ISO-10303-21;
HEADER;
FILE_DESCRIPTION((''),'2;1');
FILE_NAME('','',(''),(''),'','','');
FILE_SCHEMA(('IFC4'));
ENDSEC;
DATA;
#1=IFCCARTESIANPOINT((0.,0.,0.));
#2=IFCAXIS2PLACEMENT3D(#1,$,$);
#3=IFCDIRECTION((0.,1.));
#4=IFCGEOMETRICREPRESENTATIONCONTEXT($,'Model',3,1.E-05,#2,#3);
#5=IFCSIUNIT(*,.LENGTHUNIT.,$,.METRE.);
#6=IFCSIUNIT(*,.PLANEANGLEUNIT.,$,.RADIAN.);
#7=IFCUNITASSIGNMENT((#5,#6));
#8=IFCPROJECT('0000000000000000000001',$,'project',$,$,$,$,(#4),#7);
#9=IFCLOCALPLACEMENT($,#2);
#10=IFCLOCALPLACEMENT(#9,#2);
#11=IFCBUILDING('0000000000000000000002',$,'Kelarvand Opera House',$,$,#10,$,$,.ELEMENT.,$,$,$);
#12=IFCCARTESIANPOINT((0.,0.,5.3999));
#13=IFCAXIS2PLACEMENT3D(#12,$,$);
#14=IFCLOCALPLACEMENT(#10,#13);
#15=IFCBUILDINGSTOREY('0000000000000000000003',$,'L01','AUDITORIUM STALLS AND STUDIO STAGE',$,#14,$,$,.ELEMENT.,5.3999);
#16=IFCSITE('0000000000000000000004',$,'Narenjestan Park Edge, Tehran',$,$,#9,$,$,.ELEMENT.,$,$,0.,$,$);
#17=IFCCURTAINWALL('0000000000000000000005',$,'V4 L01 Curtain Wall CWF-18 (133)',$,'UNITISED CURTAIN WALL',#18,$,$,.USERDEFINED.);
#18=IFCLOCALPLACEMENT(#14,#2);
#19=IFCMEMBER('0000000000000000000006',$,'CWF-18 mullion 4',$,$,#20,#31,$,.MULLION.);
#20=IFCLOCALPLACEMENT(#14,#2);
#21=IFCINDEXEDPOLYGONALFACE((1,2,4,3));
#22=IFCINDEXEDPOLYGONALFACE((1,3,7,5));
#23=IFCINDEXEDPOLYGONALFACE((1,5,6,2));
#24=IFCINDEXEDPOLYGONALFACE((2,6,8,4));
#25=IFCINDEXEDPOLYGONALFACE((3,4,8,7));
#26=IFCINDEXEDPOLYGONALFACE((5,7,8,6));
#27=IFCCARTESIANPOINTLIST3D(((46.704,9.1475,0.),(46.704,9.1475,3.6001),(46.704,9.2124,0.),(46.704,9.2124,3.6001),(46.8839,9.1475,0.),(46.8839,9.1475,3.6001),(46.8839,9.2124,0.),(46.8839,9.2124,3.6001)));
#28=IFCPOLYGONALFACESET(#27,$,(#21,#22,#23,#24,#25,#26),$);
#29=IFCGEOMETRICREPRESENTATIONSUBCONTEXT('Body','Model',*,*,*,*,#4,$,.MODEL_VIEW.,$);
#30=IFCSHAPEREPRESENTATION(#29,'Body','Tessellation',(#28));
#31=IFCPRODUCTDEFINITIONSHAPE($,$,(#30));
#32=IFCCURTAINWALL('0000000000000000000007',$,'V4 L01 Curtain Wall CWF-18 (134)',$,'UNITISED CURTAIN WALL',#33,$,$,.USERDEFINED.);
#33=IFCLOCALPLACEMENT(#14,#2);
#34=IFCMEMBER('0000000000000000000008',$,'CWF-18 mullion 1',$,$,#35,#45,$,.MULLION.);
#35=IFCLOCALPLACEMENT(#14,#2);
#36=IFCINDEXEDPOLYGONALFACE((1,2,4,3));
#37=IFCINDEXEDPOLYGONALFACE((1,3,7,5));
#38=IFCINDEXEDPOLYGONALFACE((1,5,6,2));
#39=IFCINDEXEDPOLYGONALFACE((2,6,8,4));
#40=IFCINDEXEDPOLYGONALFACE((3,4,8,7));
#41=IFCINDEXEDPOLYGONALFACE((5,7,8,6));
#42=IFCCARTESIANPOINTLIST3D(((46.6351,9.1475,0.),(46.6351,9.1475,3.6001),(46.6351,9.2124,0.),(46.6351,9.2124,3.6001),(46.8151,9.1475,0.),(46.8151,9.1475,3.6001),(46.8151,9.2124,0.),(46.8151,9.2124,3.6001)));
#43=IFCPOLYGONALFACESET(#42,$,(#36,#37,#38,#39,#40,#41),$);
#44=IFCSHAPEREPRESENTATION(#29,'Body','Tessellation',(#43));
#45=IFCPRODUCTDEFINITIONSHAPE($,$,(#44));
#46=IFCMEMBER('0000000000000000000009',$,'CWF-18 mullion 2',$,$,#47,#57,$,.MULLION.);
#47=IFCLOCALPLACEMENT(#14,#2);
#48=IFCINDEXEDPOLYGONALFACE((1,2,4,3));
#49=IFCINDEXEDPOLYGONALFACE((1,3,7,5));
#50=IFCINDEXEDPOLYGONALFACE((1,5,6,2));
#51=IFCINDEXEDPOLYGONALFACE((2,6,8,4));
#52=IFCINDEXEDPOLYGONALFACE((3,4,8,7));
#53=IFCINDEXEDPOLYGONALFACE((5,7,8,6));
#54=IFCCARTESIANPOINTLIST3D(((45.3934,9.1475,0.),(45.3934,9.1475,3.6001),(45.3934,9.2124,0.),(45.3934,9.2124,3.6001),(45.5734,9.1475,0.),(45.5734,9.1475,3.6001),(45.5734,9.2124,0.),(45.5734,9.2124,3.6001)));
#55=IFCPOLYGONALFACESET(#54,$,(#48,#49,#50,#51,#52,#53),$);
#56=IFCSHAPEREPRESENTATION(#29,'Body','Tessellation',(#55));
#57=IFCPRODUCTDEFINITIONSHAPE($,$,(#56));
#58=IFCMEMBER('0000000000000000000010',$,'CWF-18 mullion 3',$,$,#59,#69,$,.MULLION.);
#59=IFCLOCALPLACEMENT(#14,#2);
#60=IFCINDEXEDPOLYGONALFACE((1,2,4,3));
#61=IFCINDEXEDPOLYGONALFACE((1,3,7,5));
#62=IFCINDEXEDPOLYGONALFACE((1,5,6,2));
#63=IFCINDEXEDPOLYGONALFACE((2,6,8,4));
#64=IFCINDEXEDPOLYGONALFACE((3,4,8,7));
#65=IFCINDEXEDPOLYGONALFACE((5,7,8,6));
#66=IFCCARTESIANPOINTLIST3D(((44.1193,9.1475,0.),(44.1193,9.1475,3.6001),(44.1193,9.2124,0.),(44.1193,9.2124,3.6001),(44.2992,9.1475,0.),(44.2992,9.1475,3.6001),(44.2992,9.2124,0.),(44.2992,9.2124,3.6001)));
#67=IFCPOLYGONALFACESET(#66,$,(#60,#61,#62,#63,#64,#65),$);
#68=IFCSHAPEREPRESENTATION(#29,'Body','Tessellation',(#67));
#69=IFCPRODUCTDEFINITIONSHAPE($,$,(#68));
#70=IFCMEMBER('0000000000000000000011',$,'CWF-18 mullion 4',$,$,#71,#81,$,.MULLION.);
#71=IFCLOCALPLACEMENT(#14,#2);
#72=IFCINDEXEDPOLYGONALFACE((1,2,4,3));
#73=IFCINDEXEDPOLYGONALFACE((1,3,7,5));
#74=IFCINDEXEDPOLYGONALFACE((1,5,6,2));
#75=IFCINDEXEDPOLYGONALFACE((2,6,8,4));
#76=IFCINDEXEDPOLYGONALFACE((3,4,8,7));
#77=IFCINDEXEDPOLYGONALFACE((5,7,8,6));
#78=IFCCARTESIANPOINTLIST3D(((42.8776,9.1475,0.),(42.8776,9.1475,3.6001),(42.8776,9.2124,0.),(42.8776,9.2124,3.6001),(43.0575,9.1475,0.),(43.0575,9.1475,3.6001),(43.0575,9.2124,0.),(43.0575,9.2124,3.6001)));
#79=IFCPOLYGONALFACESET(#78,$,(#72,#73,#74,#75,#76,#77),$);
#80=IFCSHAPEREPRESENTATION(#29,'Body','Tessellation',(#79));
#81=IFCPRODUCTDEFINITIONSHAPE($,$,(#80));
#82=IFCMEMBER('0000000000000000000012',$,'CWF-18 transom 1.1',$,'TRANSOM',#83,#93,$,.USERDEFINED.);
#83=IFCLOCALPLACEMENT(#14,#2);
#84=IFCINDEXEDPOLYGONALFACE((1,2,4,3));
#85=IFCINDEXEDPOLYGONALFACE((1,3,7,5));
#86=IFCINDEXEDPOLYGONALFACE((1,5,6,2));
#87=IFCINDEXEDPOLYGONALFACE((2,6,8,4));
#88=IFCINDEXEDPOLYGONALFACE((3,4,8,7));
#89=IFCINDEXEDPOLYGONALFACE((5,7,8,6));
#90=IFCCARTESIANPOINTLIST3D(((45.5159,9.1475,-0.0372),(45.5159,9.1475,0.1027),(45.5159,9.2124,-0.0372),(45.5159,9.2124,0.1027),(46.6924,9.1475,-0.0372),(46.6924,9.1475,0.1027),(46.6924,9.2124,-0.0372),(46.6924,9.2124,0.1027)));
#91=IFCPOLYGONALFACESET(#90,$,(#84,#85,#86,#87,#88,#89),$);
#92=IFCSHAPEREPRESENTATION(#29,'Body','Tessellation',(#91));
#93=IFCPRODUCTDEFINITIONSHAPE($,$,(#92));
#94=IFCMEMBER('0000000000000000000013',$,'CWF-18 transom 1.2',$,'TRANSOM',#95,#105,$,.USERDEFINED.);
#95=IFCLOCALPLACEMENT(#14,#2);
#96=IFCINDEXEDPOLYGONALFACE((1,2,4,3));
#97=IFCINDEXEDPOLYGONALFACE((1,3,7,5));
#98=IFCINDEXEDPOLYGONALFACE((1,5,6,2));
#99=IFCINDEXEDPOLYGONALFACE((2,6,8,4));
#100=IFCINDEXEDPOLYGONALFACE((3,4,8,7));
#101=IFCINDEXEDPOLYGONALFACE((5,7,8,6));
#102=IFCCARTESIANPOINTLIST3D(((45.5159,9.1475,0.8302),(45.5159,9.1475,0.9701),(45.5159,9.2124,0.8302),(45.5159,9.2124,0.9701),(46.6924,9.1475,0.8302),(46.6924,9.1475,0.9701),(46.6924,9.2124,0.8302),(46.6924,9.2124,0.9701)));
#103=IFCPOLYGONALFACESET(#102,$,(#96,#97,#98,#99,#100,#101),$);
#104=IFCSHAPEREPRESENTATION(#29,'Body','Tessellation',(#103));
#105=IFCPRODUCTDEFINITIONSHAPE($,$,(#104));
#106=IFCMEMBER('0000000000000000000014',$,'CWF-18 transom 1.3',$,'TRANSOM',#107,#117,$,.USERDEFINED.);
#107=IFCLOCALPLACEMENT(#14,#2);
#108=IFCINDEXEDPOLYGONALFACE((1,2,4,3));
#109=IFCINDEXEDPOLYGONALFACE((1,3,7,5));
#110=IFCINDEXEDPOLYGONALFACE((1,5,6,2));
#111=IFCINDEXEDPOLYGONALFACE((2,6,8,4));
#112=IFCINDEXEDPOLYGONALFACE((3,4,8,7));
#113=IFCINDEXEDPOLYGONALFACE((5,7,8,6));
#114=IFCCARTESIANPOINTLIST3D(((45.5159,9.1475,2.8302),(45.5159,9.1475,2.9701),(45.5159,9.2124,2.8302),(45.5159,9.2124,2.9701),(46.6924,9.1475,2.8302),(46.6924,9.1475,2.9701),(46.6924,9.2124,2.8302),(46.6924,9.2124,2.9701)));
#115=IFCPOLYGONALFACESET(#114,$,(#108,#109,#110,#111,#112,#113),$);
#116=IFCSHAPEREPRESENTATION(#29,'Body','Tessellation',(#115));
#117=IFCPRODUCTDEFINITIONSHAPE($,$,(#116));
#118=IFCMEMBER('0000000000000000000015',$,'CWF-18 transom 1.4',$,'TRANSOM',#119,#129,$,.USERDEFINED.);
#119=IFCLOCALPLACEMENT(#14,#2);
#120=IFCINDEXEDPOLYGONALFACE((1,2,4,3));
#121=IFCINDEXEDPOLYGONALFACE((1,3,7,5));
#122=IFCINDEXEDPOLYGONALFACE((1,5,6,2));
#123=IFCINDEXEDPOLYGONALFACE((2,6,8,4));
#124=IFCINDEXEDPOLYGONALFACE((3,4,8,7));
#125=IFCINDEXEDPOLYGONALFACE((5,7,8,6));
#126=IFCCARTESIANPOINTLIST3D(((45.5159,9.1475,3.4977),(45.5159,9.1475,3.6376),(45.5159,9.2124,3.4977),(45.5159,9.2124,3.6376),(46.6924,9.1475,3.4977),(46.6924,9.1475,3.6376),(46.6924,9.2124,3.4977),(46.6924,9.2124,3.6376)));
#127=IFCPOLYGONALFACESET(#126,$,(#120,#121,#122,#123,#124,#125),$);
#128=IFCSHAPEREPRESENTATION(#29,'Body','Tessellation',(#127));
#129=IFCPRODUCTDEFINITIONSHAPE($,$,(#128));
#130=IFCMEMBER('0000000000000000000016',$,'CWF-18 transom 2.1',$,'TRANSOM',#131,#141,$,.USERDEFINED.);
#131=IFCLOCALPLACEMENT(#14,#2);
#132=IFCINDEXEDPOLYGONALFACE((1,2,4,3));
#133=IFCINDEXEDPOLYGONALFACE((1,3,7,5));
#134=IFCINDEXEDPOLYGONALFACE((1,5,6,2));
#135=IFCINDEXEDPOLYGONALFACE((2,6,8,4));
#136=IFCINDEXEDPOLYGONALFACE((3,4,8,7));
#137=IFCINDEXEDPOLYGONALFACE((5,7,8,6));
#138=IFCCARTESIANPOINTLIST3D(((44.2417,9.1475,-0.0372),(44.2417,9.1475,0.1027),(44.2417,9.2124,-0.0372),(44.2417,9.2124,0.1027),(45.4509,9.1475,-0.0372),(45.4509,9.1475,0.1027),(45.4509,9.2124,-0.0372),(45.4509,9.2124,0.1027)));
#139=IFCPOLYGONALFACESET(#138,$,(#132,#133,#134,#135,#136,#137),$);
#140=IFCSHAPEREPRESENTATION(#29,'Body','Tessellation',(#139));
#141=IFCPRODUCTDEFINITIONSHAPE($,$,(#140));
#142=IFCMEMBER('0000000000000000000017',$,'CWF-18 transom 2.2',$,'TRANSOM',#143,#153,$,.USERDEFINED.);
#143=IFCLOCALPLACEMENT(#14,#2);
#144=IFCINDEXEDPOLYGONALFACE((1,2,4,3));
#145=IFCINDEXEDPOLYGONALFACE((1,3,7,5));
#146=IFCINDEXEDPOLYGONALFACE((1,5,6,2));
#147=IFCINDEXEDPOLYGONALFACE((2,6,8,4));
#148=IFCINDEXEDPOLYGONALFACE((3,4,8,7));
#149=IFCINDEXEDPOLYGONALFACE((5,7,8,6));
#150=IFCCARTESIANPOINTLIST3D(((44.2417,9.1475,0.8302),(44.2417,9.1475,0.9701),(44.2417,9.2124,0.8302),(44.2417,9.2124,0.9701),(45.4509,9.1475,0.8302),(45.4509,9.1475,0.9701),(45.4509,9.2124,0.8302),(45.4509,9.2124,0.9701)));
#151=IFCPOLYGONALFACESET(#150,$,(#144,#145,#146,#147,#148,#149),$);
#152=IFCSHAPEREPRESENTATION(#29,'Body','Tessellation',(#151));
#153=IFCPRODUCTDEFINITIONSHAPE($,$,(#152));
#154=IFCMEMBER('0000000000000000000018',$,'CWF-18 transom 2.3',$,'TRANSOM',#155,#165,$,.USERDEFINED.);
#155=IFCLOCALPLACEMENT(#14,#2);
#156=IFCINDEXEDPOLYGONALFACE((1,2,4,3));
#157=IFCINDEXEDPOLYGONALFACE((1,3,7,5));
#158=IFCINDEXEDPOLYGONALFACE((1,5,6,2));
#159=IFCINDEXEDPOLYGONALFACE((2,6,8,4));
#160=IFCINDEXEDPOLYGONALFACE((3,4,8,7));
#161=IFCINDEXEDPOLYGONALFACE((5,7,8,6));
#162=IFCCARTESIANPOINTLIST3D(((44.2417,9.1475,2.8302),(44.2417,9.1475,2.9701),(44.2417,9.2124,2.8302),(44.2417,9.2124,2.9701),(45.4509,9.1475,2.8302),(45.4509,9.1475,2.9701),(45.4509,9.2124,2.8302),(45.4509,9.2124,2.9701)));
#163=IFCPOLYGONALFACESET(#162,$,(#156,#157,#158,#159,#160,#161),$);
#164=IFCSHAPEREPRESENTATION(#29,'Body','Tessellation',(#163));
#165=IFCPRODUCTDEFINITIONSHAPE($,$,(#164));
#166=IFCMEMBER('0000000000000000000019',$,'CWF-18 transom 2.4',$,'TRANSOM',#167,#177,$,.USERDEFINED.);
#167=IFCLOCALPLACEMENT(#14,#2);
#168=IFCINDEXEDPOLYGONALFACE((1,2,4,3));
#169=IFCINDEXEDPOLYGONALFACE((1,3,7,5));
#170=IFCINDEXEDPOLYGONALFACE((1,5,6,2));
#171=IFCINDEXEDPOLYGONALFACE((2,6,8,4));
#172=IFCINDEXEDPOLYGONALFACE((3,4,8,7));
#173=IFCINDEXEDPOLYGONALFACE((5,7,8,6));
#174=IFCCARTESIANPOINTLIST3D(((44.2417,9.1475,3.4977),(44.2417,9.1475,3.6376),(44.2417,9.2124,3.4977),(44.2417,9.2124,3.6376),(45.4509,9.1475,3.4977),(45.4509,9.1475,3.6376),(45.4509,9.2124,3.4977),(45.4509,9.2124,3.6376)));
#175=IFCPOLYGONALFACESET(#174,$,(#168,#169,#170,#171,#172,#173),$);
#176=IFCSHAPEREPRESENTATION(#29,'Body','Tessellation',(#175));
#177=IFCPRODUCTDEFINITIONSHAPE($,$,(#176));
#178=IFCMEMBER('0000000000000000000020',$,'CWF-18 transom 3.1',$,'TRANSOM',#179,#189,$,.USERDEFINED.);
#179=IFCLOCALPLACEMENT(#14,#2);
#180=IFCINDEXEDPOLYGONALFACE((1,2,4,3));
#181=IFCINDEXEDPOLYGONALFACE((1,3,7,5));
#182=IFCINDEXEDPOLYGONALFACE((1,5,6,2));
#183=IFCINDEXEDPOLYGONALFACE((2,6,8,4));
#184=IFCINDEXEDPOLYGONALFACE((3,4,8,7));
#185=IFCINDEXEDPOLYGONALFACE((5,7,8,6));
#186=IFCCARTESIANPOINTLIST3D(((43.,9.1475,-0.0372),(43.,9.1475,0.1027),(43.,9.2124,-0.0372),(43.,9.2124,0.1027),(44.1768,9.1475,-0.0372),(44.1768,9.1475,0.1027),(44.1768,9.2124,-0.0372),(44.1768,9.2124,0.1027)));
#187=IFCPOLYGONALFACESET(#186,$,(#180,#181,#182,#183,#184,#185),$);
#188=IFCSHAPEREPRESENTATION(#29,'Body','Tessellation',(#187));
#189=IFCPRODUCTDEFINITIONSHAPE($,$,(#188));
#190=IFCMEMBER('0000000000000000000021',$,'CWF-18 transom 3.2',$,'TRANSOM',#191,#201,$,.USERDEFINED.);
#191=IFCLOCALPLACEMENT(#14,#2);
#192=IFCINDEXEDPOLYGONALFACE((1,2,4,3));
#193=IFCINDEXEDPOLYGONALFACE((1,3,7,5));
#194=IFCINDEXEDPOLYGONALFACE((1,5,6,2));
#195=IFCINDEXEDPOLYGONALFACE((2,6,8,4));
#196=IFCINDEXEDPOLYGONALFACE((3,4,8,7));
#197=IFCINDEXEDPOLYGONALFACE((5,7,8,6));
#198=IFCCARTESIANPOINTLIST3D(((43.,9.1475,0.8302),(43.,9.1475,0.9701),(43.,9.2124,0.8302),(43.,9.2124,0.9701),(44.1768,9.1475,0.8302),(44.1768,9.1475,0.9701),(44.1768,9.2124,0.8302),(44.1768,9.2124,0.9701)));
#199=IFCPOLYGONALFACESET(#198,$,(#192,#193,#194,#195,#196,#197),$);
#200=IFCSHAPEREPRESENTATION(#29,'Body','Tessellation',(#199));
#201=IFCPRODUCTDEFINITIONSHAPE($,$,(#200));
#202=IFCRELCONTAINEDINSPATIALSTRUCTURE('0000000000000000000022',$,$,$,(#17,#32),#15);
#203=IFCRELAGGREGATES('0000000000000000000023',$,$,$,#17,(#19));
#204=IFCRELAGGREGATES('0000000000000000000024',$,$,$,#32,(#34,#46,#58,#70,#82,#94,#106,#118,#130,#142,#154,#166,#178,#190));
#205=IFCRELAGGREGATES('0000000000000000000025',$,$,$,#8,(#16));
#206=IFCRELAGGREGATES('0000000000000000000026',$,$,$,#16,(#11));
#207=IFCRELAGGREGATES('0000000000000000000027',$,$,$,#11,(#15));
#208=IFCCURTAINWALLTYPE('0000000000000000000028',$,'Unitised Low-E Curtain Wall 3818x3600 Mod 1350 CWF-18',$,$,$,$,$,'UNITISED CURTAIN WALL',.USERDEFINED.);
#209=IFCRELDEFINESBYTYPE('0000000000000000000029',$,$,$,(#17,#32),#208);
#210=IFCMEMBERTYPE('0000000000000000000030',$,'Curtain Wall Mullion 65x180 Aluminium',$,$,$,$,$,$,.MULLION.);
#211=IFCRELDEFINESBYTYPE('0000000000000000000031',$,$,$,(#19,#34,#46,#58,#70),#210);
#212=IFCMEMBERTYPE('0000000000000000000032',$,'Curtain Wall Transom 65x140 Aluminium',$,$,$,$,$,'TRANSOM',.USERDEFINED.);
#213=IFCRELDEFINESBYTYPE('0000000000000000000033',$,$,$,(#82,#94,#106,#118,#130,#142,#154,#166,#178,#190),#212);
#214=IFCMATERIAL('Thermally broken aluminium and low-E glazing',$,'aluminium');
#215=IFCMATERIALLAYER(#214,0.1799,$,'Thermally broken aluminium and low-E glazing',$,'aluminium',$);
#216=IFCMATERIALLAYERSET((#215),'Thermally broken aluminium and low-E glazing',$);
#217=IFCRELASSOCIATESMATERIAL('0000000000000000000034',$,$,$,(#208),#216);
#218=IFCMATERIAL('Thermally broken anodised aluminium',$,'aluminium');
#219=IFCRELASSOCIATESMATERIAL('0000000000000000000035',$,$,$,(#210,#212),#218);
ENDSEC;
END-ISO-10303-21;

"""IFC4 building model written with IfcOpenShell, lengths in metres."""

from ifc_helpers import new_model, si_unit, direction, frame, origin, origin_2d, place, context, subcontext, project, spatial, rectangle, extrude, material, layer, layer_set, material_profile, profile_set, type_object, element, aggregate, save


model = new_model("IFC4")

# Units and contexts
model_context = context("Model", 3, precision=1e-05, world=origin(), true_north=direction((0.0, 1.0)))
body_context = subcontext(model_context, "Body", "Model", "MODEL_VIEW")
ifc_project = project(units=[si_unit("LENGTHUNIT", "METRE"), si_unit("PLANEANGLEUNIT", "RADIAN")], contexts=[model_context])

# Site, building, storey
site_placement = place(None, origin())
site = spatial("IfcSite", under=ifc_project, at=site_placement, Name="Narenjestan Park Edge, Tehran", CompositionType="ELEMENT", RefElevation=0.0)
building_placement = place(site_placement, origin())
building = spatial("IfcBuilding", under=site, at=building_placement, Name="Kelarvand Opera House", CompositionType="ELEMENT")
storey_placement = place(building_placement, frame((0.0, 0.0, 5.3999)))
storey = spatial("IfcBuildingStorey", under=building, at=storey_placement, Name="L01", Description="AUDITORIUM STALLS AND STUDIO STAGE", CompositionType="ELEMENT", Elevation=5.3999)

# Curtain wall, member
ifc_material_1 = material(Name="Thermally broken aluminium and low-E glazing", Category="aluminium")
ifc_layer_1 = layer(ifc_material_1, 0.1799, Name="Thermally broken aluminium and low-E glazing", Category="aluminium")
ifc_layer_set_1 = layer_set([ifc_layer_1], Name="Thermally broken aluminium and low-E glazing")
curtain_wall_type = type_object("IfcCurtainWallType", Name="Unitised Low-E Curtain Wall 3818x3600 Mod 1350 CWF-18", ElementType="UNITISED CURTAIN WALL", PredefinedType="USERDEFINED", material=ifc_layer_set_1)
curtain_wall_1_placement = place(storey_placement, origin())
curtain_wall_1 = element("IfcCurtainWall", 1, at=curtain_wall_1_placement, inside=storey, type_object=curtain_wall_type, Name="V4 L01 Curtain Wall CWF-18 (133)", ObjectType="UNITISED CURTAIN WALL", PredefinedType="USERDEFINED")
ifc_material_2 = material(Name="Thermally broken anodised aluminium", Category="aluminium")
ifc_material_profile_1 = material_profile(ifc_material_2, rectangle(XDim=0.0649, YDim=0.1799, at=origin_2d()), Name="ALU MULLION 65x180", Category="aluminium")
ifc_profile_set_1 = profile_set([ifc_material_profile_1], Name="Thermally broken anodised aluminium")
member_type_1 = type_object("IfcMemberType", Name="Curtain Wall Mullion 65x180 Aluminium", PredefinedType="MULLION", material=ifc_profile_set_1)
member_1_placement = place(storey_placement, frame((46.7939, 9.1799, 0.0), z_axis=(0.0, 0.0, 1.0), x_axis=(0.0, -1.0, 0.0)))
member_1 = element("IfcMember", 2, at=member_1_placement, type_object=member_type_1, Name="CWF-18 mullion 4", PredefinedType="MULLION", context=body_context, shape_type="SweptSolid", body=[
    extrude(rectangle(XDim=0.0649, YDim=0.1799, at=origin_2d()), origin(), (0.0, 0.0, 1.0), 3.6001),
])

# Curtain wall, members
curtain_wall_2_placement = place(storey_placement, origin())
curtain_wall_2 = element("IfcCurtainWall", 3, at=curtain_wall_2_placement, inside=storey, type_object=curtain_wall_type, Name="V4 L01 Curtain Wall CWF-18 (134)", ObjectType="UNITISED CURTAIN WALL", PredefinedType="USERDEFINED")
member_2_placement = place(storey_placement, frame((46.7251, 9.1799, 0.0), z_axis=(0.0, 0.0, 1.0), x_axis=(0.0, -1.0, 0.0)))
member_2 = element("IfcMember", 4, at=member_2_placement, type_object=member_type_1, Name="CWF-18 mullion 1", PredefinedType="MULLION", context=body_context, shape_type="SweptSolid", body=[
    extrude(rectangle(XDim=0.0649, YDim=0.1799, at=origin_2d()), origin(), (0.0, 0.0, 1.0), 3.6001),
])
member_3_placement = place(storey_placement, frame((45.4834, 9.1799, 0.0), z_axis=(0.0, 0.0, 1.0), x_axis=(0.0, -1.0, 0.0)))
member_3 = element("IfcMember", 5, at=member_3_placement, type_object=member_type_1, Name="CWF-18 mullion 2", PredefinedType="MULLION", context=body_context, shape_type="SweptSolid", body=[
    extrude(rectangle(XDim=0.0649, YDim=0.1799, at=origin_2d()), origin(), (0.0, 0.0, 1.0), 3.6001),
])
member_4_placement = place(storey_placement, frame((44.2092, 9.1799, 0.0), z_axis=(0.0, 0.0, 1.0), x_axis=(0.0, -1.0, 0.0)))
member_4 = element("IfcMember", 6, at=member_4_placement, type_object=member_type_1, Name="CWF-18 mullion 3", PredefinedType="MULLION", context=body_context, shape_type="SweptSolid", body=[
    extrude(rectangle(XDim=0.0649, YDim=0.1799, at=origin_2d()), origin(), (0.0, 0.0, 1.0), 3.6001),
])
member_5_placement = place(storey_placement, frame((42.9675, 9.1799, 0.0), z_axis=(0.0, 0.0, 1.0), x_axis=(0.0, -1.0, 0.0)))
member_5 = element("IfcMember", 7, at=member_5_placement, type_object=member_type_1, Name="CWF-18 mullion 4", PredefinedType="MULLION", context=body_context, shape_type="SweptSolid", body=[
    extrude(rectangle(XDim=0.0649, YDim=0.1799, at=origin_2d()), origin(), (0.0, 0.0, 1.0), 3.6001),
])
ifc_material_profile_2 = material_profile(ifc_material_2, rectangle(XDim=0.0649, YDim=0.1399, at=origin_2d()), Name="ALU TRANSOM 65x140", Category="aluminium")
ifc_profile_set_2 = profile_set([ifc_material_profile_2], Name="Thermally broken anodised aluminium")
member_type_2 = type_object("IfcMemberType", Name="Curtain Wall Transom 65x140 Aluminium", ElementType="TRANSOM", PredefinedType="USERDEFINED", material=ifc_profile_set_2)
member_6_placement = place(storey_placement, frame((46.6924, 9.1799, 0.0327), z_axis=(-1.0, 0.0, 0.0), x_axis=(0.0, -1.0, 0.0)))
member_6 = element("IfcMember", 8, at=member_6_placement, type_object=member_type_2, Name="CWF-18 transom 1.1", ObjectType="TRANSOM", PredefinedType="USERDEFINED", context=body_context, shape_type="SweptSolid", body=[
    extrude(rectangle(XDim=0.0649, YDim=0.1399, at=origin_2d()), origin(), (0.0, 0.0, 1.0), 1.1765),
])
member_7_placement = place(storey_placement, frame((46.6924, 9.1799, 0.9001), z_axis=(-1.0, 0.0, 0.0), x_axis=(0.0, -1.0, 0.0)))
member_7 = element("IfcMember", 9, at=member_7_placement, type_object=member_type_2, Name="CWF-18 transom 1.2", ObjectType="TRANSOM", PredefinedType="USERDEFINED", context=body_context, shape_type="SweptSolid", body=[
    extrude(rectangle(XDim=0.0649, YDim=0.1399, at=origin_2d()), origin(), (0.0, 0.0, 1.0), 1.1765),
])
member_8_placement = place(storey_placement, frame((46.6924, 9.1799, 2.9001), z_axis=(-1.0, 0.0, 0.0), x_axis=(0.0, -1.0, 0.0)))
member_8 = element("IfcMember", 10, at=member_8_placement, type_object=member_type_2, Name="CWF-18 transom 1.3", ObjectType="TRANSOM", PredefinedType="USERDEFINED", context=body_context, shape_type="SweptSolid", body=[
    extrude(rectangle(XDim=0.0649, YDim=0.1399, at=origin_2d()), origin(), (0.0, 0.0, 1.0), 1.1765),
])
member_9_placement = place(storey_placement, frame((46.6924, 9.1799, 3.5676), z_axis=(-1.0, 0.0, 0.0), x_axis=(0.0, -1.0, 0.0)))
member_9 = element("IfcMember", 11, at=member_9_placement, type_object=member_type_2, Name="CWF-18 transom 1.4", ObjectType="TRANSOM", PredefinedType="USERDEFINED", context=body_context, shape_type="SweptSolid", body=[
    extrude(rectangle(XDim=0.0649, YDim=0.1399, at=origin_2d()), origin(), (0.0, 0.0, 1.0), 1.1765),
])
member_10_placement = place(storey_placement, frame((45.4509, 9.1799, 0.0327), z_axis=(-1.0, 0.0, 0.0), x_axis=(0.0, -1.0, 0.0)))
member_10 = element("IfcMember", 12, at=member_10_placement, type_object=member_type_2, Name="CWF-18 transom 2.1", ObjectType="TRANSOM", PredefinedType="USERDEFINED", context=body_context, shape_type="SweptSolid", body=[
    extrude(rectangle(XDim=0.0649, YDim=0.1399, at=origin_2d()), origin(), (0.0, 0.0, 1.0), 1.2092),
])
member_11_placement = place(storey_placement, frame((45.4509, 9.1799, 0.9001), z_axis=(-1.0, 0.0, 0.0), x_axis=(0.0, -1.0, 0.0)))
member_11 = element("IfcMember", 13, at=member_11_placement, type_object=member_type_2, Name="CWF-18 transom 2.2", ObjectType="TRANSOM", PredefinedType="USERDEFINED", context=body_context, shape_type="SweptSolid", body=[
    extrude(rectangle(XDim=0.0649, YDim=0.1399, at=origin_2d()), origin(), (0.0, 0.0, 1.0), 1.2092),
])
member_12_placement = place(storey_placement, frame((45.4509, 9.1799, 2.9001), z_axis=(-1.0, 0.0, 0.0), x_axis=(0.0, -1.0, 0.0)))
member_12 = element("IfcMember", 14, at=member_12_placement, type_object=member_type_2, Name="CWF-18 transom 2.3", ObjectType="TRANSOM", PredefinedType="USERDEFINED", context=body_context, shape_type="SweptSolid", body=[
    extrude(rectangle(XDim=0.0649, YDim=0.1399, at=origin_2d()), origin(), (0.0, 0.0, 1.0), 1.2092),
])
member_13_placement = place(storey_placement, frame((45.4509, 9.1799, 3.5676), z_axis=(-1.0, 0.0, 0.0), x_axis=(0.0, -1.0, 0.0)))
member_13 = element("IfcMember", 15, at=member_13_placement, type_object=member_type_2, Name="CWF-18 transom 2.4", ObjectType="TRANSOM", PredefinedType="USERDEFINED", context=body_context, shape_type="SweptSolid", body=[
    extrude(rectangle(XDim=0.0649, YDim=0.1399, at=origin_2d()), origin(), (0.0, 0.0, 1.0), 1.2092),
])
member_14_placement = place(storey_placement, frame((44.1768, 9.1799, 0.0327), z_axis=(-1.0, 0.0, 0.0), x_axis=(0.0, -1.0, 0.0)))
member_14 = element("IfcMember", 16, at=member_14_placement, type_object=member_type_2, Name="CWF-18 transom 3.1", ObjectType="TRANSOM", PredefinedType="USERDEFINED", context=body_context, shape_type="SweptSolid", body=[
    extrude(rectangle(XDim=0.0649, YDim=0.1399, at=origin_2d()), origin(), (0.0, 0.0, 1.0), 1.1768),
])
member_15_placement = place(storey_placement, frame((44.1768, 9.1799, 0.9001), z_axis=(-1.0, 0.0, 0.0), x_axis=(0.0, -1.0, 0.0)))
member_15 = element("IfcMember", 17, at=member_15_placement, type_object=member_type_2, Name="CWF-18 transom 3.2", ObjectType="TRANSOM", PredefinedType="USERDEFINED", context=body_context, shape_type="SweptSolid", body=[
    extrude(rectangle(XDim=0.0649, YDim=0.1399, at=origin_2d()), origin(), (0.0, 0.0, 1.0), 1.1768),
])

aggregate(curtain_wall_1, [member_1])
aggregate(curtain_wall_2, [member_2, member_3, member_4, member_5, member_6, member_7, member_8, member_9, member_10, member_11, member_12, member_13, member_14, member_15])

save(model, "model.ifc")
